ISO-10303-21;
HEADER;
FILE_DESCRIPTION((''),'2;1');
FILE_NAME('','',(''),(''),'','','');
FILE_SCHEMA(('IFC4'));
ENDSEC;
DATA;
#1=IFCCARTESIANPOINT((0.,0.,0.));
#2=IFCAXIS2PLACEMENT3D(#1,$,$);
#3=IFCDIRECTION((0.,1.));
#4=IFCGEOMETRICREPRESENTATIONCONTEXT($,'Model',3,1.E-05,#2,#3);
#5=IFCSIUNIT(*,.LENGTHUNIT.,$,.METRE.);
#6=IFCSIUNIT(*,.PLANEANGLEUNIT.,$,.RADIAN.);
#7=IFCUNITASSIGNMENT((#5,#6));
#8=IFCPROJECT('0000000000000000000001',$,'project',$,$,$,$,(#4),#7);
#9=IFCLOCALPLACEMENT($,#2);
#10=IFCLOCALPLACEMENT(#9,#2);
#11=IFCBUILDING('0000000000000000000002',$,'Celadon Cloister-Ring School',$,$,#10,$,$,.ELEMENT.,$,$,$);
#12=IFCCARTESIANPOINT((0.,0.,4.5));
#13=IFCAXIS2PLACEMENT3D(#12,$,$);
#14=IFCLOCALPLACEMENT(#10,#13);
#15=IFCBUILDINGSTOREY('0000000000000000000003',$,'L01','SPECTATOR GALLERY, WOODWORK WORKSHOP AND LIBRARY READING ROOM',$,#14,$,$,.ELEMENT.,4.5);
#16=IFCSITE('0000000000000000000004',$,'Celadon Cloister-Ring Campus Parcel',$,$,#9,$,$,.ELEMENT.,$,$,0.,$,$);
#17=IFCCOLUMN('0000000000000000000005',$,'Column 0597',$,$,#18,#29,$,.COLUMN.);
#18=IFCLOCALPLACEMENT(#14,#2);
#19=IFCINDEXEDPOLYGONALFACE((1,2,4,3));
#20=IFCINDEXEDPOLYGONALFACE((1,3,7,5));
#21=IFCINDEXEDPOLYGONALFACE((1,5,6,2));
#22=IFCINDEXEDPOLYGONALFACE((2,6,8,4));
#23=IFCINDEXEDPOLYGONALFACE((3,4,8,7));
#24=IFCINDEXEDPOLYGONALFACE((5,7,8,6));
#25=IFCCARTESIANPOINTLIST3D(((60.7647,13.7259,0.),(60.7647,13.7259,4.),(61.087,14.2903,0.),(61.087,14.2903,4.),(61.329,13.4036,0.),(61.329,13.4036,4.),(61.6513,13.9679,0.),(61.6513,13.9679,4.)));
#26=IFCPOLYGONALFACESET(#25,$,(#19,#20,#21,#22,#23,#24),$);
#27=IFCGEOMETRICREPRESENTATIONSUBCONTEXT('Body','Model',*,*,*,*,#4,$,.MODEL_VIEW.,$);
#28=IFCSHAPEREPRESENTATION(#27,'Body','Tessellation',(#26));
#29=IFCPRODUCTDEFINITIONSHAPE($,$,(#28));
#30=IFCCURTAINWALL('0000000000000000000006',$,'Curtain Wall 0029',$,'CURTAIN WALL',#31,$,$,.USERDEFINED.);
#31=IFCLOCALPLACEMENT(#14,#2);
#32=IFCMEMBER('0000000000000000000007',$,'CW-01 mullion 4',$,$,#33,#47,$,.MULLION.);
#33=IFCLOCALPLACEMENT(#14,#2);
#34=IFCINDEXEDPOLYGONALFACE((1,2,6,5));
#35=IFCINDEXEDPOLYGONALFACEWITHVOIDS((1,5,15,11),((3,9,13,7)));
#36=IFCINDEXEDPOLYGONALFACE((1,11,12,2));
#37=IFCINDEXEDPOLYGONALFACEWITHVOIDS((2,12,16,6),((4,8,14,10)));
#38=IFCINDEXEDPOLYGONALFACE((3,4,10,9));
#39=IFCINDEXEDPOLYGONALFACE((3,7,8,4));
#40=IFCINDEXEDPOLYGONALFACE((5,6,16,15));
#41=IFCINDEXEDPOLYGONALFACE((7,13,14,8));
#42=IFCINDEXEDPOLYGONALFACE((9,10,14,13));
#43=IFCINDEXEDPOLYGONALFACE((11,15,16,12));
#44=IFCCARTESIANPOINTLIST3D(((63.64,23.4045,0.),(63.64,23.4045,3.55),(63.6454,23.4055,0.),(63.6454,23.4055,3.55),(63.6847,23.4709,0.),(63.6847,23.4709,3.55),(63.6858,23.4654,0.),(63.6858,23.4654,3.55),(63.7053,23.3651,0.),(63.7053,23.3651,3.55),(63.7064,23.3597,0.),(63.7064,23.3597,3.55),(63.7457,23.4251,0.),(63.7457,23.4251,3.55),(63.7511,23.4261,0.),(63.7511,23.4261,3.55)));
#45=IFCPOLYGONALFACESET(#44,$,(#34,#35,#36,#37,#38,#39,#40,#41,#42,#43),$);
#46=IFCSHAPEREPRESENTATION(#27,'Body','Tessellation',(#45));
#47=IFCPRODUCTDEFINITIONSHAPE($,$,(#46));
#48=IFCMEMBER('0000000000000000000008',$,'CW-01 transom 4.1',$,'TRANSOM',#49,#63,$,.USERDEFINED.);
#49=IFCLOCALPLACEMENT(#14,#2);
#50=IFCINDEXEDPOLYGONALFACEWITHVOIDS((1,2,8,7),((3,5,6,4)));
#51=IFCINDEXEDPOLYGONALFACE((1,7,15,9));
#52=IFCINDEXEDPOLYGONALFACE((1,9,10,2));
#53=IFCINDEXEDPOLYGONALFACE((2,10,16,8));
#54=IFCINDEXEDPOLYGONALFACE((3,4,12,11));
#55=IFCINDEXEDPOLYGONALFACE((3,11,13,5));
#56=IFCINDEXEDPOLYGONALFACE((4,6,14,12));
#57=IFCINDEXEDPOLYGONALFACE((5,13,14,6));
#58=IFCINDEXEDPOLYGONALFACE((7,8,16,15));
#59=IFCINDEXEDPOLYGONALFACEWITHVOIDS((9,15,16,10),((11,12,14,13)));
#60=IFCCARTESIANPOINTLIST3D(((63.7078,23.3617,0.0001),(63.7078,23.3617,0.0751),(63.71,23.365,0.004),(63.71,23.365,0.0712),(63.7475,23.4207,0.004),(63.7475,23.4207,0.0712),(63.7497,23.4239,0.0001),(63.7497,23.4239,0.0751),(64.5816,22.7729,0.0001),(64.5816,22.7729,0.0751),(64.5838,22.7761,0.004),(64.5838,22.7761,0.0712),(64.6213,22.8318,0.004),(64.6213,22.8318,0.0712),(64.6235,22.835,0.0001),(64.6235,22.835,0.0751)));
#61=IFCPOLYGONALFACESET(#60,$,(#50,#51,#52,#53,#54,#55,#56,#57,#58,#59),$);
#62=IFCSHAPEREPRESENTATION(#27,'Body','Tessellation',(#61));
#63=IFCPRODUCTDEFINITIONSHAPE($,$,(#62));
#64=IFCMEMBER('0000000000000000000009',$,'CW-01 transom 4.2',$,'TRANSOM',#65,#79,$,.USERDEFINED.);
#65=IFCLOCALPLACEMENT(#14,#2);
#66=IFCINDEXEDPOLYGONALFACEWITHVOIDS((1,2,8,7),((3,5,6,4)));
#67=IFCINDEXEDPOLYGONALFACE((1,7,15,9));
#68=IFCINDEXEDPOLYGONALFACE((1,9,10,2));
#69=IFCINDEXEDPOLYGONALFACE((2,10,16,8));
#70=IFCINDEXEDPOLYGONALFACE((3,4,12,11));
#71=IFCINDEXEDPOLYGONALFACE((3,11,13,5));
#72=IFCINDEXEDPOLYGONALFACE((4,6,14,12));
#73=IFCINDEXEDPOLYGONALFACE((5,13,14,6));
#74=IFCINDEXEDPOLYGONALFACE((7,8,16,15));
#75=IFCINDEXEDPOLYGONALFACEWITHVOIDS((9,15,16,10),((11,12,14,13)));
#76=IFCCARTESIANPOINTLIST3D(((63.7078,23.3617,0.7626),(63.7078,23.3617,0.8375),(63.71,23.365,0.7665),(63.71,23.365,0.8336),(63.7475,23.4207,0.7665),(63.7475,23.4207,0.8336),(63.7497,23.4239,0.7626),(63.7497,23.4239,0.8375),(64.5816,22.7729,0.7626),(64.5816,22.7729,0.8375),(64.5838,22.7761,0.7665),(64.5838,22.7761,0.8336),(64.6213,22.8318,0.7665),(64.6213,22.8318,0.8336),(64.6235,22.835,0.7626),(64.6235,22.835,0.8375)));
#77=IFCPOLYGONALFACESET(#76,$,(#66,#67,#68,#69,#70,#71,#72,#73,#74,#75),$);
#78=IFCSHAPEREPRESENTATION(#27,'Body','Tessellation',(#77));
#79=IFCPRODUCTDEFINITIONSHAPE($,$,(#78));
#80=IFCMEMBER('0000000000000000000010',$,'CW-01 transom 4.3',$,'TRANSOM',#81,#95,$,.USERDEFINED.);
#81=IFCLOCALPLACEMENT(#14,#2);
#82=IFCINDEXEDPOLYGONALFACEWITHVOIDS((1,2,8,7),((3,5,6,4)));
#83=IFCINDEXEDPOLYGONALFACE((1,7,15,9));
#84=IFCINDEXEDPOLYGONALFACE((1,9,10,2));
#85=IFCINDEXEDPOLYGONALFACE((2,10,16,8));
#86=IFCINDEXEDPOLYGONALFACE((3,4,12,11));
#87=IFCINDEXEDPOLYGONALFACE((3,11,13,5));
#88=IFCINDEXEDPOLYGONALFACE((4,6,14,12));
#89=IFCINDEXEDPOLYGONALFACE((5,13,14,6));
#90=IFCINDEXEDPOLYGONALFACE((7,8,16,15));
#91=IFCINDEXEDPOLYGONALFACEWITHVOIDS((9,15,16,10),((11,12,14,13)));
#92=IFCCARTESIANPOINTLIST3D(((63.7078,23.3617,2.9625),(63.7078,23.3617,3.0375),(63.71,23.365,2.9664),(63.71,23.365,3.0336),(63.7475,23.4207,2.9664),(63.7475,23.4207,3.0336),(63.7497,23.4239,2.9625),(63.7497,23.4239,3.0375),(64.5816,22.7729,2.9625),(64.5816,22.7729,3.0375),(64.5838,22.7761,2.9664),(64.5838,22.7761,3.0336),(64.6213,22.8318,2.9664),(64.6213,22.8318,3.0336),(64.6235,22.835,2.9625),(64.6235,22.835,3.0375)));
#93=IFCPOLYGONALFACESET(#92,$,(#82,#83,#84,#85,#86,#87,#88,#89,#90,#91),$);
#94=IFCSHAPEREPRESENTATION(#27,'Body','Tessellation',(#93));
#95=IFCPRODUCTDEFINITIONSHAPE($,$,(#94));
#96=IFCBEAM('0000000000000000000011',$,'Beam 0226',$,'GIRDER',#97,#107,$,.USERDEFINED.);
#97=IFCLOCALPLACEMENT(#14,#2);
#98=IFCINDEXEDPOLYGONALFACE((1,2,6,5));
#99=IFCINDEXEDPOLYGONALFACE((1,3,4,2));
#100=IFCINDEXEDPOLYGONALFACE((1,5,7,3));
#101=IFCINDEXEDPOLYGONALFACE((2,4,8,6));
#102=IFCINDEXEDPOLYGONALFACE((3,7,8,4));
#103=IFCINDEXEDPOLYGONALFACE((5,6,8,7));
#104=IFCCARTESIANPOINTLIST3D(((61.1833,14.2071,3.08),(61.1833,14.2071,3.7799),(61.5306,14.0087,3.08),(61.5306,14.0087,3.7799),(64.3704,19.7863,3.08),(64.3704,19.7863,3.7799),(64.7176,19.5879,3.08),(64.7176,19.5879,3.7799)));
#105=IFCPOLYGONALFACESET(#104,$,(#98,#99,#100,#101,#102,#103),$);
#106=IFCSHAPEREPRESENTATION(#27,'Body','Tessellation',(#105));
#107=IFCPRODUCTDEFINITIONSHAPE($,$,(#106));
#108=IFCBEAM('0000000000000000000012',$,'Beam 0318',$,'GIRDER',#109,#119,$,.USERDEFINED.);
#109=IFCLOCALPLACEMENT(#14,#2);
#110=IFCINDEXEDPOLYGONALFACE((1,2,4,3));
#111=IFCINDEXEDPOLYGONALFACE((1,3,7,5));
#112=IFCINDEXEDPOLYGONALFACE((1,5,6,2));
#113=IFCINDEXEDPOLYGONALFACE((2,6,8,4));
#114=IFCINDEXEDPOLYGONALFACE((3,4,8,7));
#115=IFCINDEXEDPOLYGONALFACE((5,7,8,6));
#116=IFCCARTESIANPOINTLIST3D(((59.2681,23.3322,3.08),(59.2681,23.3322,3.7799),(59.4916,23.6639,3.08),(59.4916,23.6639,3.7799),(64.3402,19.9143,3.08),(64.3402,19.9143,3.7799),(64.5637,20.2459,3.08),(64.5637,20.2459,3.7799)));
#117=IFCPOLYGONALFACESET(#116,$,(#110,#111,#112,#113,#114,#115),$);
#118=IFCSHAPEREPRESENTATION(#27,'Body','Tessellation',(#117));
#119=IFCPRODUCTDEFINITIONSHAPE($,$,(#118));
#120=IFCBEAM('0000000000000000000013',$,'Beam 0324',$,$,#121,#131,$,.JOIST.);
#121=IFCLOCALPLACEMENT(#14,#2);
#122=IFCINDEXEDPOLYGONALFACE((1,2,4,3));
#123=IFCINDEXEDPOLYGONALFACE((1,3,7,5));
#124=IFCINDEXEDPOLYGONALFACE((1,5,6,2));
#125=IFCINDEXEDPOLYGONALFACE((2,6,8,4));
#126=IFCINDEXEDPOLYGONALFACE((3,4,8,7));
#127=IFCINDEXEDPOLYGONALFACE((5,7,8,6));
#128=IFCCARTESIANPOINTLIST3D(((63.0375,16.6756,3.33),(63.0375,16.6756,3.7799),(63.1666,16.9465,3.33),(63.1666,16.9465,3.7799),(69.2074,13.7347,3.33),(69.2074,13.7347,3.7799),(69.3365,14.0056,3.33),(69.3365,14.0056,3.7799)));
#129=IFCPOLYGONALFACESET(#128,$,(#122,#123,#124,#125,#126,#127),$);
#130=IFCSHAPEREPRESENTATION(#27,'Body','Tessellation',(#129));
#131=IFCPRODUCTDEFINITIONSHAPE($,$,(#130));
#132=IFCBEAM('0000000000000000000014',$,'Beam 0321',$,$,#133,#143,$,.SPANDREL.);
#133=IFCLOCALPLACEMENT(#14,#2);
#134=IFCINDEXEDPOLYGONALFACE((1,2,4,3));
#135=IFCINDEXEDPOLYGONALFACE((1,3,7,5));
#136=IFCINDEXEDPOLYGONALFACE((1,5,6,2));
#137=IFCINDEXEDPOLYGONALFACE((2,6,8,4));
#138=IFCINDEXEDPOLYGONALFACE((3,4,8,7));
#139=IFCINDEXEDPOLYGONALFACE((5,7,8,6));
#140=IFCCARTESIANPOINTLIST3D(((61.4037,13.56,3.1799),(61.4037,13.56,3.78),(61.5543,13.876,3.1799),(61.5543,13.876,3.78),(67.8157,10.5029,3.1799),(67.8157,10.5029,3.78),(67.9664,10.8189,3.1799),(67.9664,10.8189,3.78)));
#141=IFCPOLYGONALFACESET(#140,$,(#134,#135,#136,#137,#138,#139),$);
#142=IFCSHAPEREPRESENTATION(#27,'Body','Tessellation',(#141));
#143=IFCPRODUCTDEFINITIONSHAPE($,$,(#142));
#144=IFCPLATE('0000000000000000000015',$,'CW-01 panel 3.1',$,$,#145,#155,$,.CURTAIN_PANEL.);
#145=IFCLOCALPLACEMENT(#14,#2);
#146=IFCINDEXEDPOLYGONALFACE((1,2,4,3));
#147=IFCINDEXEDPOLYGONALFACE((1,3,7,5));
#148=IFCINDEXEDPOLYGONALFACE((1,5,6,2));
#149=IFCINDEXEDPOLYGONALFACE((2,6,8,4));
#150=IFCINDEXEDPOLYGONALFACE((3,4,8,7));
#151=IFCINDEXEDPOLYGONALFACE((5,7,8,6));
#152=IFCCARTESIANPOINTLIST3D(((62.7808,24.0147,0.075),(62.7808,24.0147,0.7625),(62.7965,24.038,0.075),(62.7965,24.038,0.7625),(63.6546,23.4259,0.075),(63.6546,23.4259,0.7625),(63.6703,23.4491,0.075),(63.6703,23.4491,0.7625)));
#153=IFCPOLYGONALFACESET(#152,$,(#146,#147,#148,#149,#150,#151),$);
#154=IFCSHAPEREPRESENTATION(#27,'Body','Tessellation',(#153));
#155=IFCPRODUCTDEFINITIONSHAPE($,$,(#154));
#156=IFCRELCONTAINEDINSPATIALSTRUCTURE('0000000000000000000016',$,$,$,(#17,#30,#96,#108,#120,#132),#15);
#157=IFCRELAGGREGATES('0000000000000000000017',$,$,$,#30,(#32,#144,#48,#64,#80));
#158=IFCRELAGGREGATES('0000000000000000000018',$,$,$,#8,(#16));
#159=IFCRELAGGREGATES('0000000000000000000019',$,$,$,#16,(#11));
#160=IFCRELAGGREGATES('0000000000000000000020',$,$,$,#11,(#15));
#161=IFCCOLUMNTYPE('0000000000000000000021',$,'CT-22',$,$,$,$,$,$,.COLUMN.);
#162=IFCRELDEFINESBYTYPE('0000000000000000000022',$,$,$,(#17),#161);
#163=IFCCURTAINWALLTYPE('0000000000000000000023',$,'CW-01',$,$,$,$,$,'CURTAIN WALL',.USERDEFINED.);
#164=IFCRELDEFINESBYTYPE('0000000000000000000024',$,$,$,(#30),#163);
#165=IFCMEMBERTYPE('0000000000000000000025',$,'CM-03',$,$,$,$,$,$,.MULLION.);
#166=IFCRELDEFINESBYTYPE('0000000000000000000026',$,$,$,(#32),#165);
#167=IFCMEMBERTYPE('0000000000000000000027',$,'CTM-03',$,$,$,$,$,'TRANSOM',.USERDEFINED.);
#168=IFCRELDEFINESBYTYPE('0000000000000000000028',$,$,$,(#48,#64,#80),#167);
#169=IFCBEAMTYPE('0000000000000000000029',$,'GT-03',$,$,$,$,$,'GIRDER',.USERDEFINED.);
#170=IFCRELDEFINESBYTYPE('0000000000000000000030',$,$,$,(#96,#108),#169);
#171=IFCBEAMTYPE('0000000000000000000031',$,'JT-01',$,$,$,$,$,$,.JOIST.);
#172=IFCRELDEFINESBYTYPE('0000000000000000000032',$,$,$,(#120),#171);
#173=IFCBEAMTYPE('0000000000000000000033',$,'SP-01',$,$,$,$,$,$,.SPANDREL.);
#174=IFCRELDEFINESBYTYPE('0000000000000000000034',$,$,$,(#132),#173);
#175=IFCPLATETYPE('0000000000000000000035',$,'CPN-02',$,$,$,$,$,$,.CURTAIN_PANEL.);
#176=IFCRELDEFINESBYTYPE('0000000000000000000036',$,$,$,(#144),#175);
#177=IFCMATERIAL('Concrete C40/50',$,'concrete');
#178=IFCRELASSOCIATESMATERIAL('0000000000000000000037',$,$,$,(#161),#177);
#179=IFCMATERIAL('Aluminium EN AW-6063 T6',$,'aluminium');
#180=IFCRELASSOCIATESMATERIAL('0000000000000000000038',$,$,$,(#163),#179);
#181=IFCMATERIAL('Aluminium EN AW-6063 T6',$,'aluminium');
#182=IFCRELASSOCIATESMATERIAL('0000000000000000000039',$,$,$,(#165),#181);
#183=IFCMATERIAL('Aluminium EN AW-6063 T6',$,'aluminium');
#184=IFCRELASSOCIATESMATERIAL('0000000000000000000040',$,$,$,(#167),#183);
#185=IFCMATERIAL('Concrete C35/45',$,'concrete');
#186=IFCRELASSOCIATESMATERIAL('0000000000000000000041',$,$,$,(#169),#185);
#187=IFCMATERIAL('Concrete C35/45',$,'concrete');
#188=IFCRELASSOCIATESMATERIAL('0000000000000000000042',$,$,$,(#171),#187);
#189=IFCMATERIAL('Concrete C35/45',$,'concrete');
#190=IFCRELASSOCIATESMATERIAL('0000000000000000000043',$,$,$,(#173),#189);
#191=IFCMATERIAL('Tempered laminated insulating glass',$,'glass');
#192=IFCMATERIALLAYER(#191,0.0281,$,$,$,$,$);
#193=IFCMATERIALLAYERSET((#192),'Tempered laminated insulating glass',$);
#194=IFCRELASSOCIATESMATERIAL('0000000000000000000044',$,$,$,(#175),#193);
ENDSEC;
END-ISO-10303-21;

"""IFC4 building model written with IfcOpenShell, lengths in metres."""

from ifc_helpers import new_model, si_unit, direction, frame, origin, origin_2d, place, context, subcontext, project, spatial, rectangle, hollow_rectangle, extrude, material, layer, layer_set, material_profile, profile_set, type_object, element, aggregate, save


model = new_model("IFC4")

# Units and contexts
model_context = context("Model", 3, precision=1e-05, world=origin(), true_north=direction((0.0, 1.0)))
body_context = subcontext(model_context, "Body", "Model", "MODEL_VIEW")
ifc_project = project(units=[si_unit("LENGTHUNIT", "METRE"), si_unit("PLANEANGLEUNIT", "RADIAN")], contexts=[model_context])

# Site, building, storey
site_placement = place(None, origin())
site = spatial("IfcSite", under=ifc_project, at=site_placement, Name="Celadon Cloister-Ring Campus Parcel", CompositionType="ELEMENT", RefElevation=0.0)
building_placement = place(site_placement, origin())
building = spatial("IfcBuilding", under=site, at=building_placement, Name="Celadon Cloister-Ring School", CompositionType="ELEMENT")
storey_placement = place(building_placement, frame((0.0, 0.0, 4.5)))
storey = spatial("IfcBuildingStorey", under=building, at=storey_placement, Name="L01", Description="SPECTATOR GALLERY, WOODWORK WORKSHOP AND LIBRARY READING ROOM", CompositionType="ELEMENT", Elevation=4.5)

# Column
ifc_material_1 = material(Name="Concrete C40/50", Category="concrete")
ifc_material_profile_1 = material_profile(ifc_material_1, rectangle(XDim=0.6499, YDim=0.6499, at=origin_2d()), Name="RC650X650")
ifc_profile_set_1 = profile_set([ifc_material_profile_1], Name="Concrete C40/50")
column_type = type_object("IfcColumnType", Name="CT-22", PredefinedType="COLUMN", material=ifc_profile_set_1)
column_placement = place(storey_placement, frame((61.208, 13.8469, 0.0), z_axis=(0.0, 0.0, 1.0), x_axis=(-0.496004, -0.86832, 0.0)))
element("IfcColumn", 1, at=column_placement, inside=storey, type_object=column_type, Name="Column 0597", PredefinedType="COLUMN", context=body_context, shape_type="SweptSolid", body=[
    extrude(rectangle(XDim=0.6499, YDim=0.6499, at=origin_2d()), origin(), (0.0, 0.0, 1.0), 4.0),
])

# Curtain wall, members
ifc_material_2 = material(Name="Aluminium EN AW-6063 T6", Category="aluminium")
curtain_wall_type = type_object("IfcCurtainWallType", Name="CW-01", ElementType="CURTAIN WALL", PredefinedType="USERDEFINED", material=ifc_material_2)
curtain_wall_placement = place(storey_placement, origin())
curtain_wall = element("IfcCurtainWall", 2, at=curtain_wall_placement, inside=storey, type_object=curtain_wall_type, Name="Curtain Wall 0029", ObjectType="CURTAIN WALL", PredefinedType="USERDEFINED")
ifc_material_3 = material(Name="Aluminium EN AW-6063 T6", Category="aluminium")
ifc_material_profile_2 = material_profile(ifc_material_3, hollow_rectangle(XDim=0.0801, YDim=0.0801, WallThickness=0.0039, at=origin_2d()), Name="RHS80X80X4")
ifc_profile_set_2 = profile_set([ifc_material_profile_2], Name="Aluminium EN AW-6063 T6")
member_type_1 = type_object("IfcMemberType", Name="CM-03", PredefinedType="MULLION", material=ifc_profile_set_2)
member_1_placement = place(storey_placement, frame((63.6956, 23.4153, 0.0), z_axis=(0.0, 0.0, 1.0), x_axis=(0.558846, 0.829272, 0.0)))
member_1 = element("IfcMember", 3, at=member_1_placement, type_object=member_type_1, Name="CW-01 mullion 4", PredefinedType="MULLION", context=body_context, shape_type="SweptSolid", body=[
    extrude(hollow_rectangle(XDim=0.0801, YDim=0.0801, WallThickness=0.0039, at=origin_2d()), origin(), (0.0, 0.0, 1.0), 3.55),
])
ifc_material_4 = material(Name="Aluminium EN AW-6063 T6", Category="aluminium")
ifc_material_profile_3 = material_profile(ifc_material_4, hollow_rectangle(XDim=0.075, YDim=0.075, WallThickness=0.0039, at=origin_2d()), Name="RHS75X75X4")
ifc_profile_set_3 = profile_set([ifc_material_profile_3], Name="Aluminium EN AW-6063 T6")
member_type_2 = type_object("IfcMemberType", Name="CTM-03", ElementType="TRANSOM", PredefinedType="USERDEFINED", material=ifc_profile_set_3)
member_2_placement = place(storey_placement, frame((63.7288, 23.3928, 0.0376), z_axis=(0.829259, -0.558864, 0.0), x_axis=(0.558864, 0.829259, 0.0)))
member_2 = element("IfcMember", 4, at=member_2_placement, type_object=member_type_2, Name="CW-01 transom 4.1", ObjectType="TRANSOM", PredefinedType="USERDEFINED", context=body_context, shape_type="SweptSolid", body=[
    extrude(hollow_rectangle(XDim=0.075, YDim=0.075, WallThickness=0.0039, at=origin_2d()), origin(), (0.0, 0.0, 1.0), 1.0537),
])
member_3_placement = place(storey_placement, frame((63.7288, 23.3928, 0.8), z_axis=(0.829259, -0.558864, 0.0), x_axis=(0.558864, 0.829259, 0.0)))
member_3 = element("IfcMember", 5, at=member_3_placement, type_object=member_type_2, Name="CW-01 transom 4.2", ObjectType="TRANSOM", PredefinedType="USERDEFINED", context=body_context, shape_type="SweptSolid", body=[
    extrude(hollow_rectangle(XDim=0.075, YDim=0.075, WallThickness=0.0039, at=origin_2d()), origin(), (0.0, 0.0, 1.0), 1.0537),
])
member_4_placement = place(storey_placement, frame((63.7288, 23.3928, 3.0), z_axis=(0.829259, -0.558864, 0.0), x_axis=(0.558864, 0.829259, 0.0)))
member_4 = element("IfcMember", 6, at=member_4_placement, type_object=member_type_2, Name="CW-01 transom 4.3", ObjectType="TRANSOM", PredefinedType="USERDEFINED", context=body_context, shape_type="SweptSolid", body=[
    extrude(hollow_rectangle(XDim=0.075, YDim=0.075, WallThickness=0.0039, at=origin_2d()), origin(), (0.0, 0.0, 1.0), 1.0537),
])

# Beams
ifc_material_5 = material(Name="Concrete C35/45", Category="concrete")
ifc_material_profile_4 = material_profile(ifc_material_5, rectangle(XDim=0.3999, YDim=0.7, at=origin_2d()), Name="RC400X700")
ifc_profile_set_4 = profile_set([ifc_material_profile_4], Name="Concrete C35/45")
beam_type_1 = type_object("IfcBeamType", Name="GT-03", ElementType="GIRDER", PredefinedType="USERDEFINED", material=ifc_profile_set_4)
beam_1_placement = place(storey_placement, frame((61.3569, 14.1079, 3.4299), z_axis=(0.496016, 0.868313, 0.0), x_axis=(-0.868313, 0.496016, 0.0)))
element("IfcBeam", 7, at=beam_1_placement, inside=storey, type_object=beam_type_1, Name="Beam 0226", ObjectType="GIRDER", PredefinedType="USERDEFINED", context=body_context, shape_type="SweptSolid", body=[
    extrude(rectangle(XDim=0.3999, YDim=0.7, at=origin_2d()), origin(), (0.0, 0.0, 1.0), 6.4253),
])
beam_2_placement = place(storey_placement, frame((59.3799, 23.498, 3.4299), z_axis=(0.829276, -0.558839, 0.0), x_axis=(0.558839, 0.829276, 0.0)))
element("IfcBeam", 8, at=beam_2_placement, inside=storey, type_object=beam_type_1, Name="Beam 0318", ObjectType="GIRDER", PredefinedType="USERDEFINED", context=body_context, shape_type="SweptSolid", body=[
    extrude(rectangle(XDim=0.3999, YDim=0.7, at=origin_2d()), origin(), (0.0, 0.0, 1.0), 6.1162),
])
ifc_material_6 = material(Name="Concrete C35/45", Category="concrete")
ifc_material_profile_5 = material_profile(ifc_material_6, rectangle(XDim=0.3, YDim=0.45, at=origin_2d()), Name="RC300X450")
ifc_profile_set_5 = profile_set([ifc_material_profile_5], Name="Concrete C35/45")
beam_type_2 = type_object("IfcBeamType", Name="JT-01", PredefinedType="JOIST", material=ifc_profile_set_5)
beam_3_placement = place(storey_placement, frame((63.1021, 16.811, 3.5549), z_axis=(0.902698, -0.430275, 0.0), x_axis=(0.430275, 0.902698, 0.0)))
element("IfcBeam", 9, at=beam_3_placement, inside=storey, type_object=beam_type_2, Name="Beam 0324", PredefinedType="JOIST", context=body_context, shape_type="SweptSolid", body=[
    extrude(rectangle(XDim=0.3, YDim=0.45, at=origin_2d()), origin(), (0.0, 0.0, 1.0), 6.835),
])
ifc_material_7 = material(Name="Concrete C35/45", Category="concrete")
ifc_material_profile_6 = material_profile(ifc_material_7, rectangle(XDim=0.3501, YDim=0.6001, at=origin_2d()), Name="RC350X600")
ifc_profile_set_6 = profile_set([ifc_material_profile_6], Name="Concrete C35/45")
beam_type_3 = type_object("IfcBeamType", Name="SP-01", PredefinedType="SPANDREL", material=ifc_profile_set_6)
beam_4_placement = place(storey_placement, frame((61.479, 13.718, 3.48), z_axis=(0.902656, -0.430363, 0.0), x_axis=(0.430363, 0.902656, 0.0)))
element("IfcBeam", 10, at=beam_4_placement, inside=storey, type_object=beam_type_3, Name="Beam 0321", PredefinedType="SPANDREL", context=body_context, shape_type="SweptSolid", body=[
    extrude(rectangle(XDim=0.3501, YDim=0.6001, at=origin_2d()), origin(), (0.0, 0.0, 1.0), 7.1035),
])

# Plate
ifc_material_8 = material(Name="Tempered laminated insulating glass", Category="glass")
ifc_layer_1 = layer(ifc_material_8, 0.0281)
ifc_layer_set_1 = layer_set([ifc_layer_1], Name="Tempered laminated insulating glass")
plate_type = type_object("IfcPlateType", Name="CPN-02", PredefinedType="CURTAIN_PANEL", material=ifc_layer_set_1)
plate_placement = place(storey_placement, frame((63.2256, 23.7319, 0.075), z_axis=(0.0, 0.0, 1.0), x_axis=(0.829272, -0.558846, 0.0)))
plate = element("IfcPlate", 11, at=plate_placement, type_object=plate_type, Name="CW-01 panel 3.1", PredefinedType="CURTAIN_PANEL", context=body_context, shape_type="SweptSolid", body=[
    extrude(rectangle(XDim=1.0537, YDim=0.0281, at=origin_2d()), origin(), (0.0, 0.0, 1.0), 0.6875),
])
aggregate(curtain_wall, [member_1, plate, member_2, member_3, member_4])

save(model, "model.ifc")
